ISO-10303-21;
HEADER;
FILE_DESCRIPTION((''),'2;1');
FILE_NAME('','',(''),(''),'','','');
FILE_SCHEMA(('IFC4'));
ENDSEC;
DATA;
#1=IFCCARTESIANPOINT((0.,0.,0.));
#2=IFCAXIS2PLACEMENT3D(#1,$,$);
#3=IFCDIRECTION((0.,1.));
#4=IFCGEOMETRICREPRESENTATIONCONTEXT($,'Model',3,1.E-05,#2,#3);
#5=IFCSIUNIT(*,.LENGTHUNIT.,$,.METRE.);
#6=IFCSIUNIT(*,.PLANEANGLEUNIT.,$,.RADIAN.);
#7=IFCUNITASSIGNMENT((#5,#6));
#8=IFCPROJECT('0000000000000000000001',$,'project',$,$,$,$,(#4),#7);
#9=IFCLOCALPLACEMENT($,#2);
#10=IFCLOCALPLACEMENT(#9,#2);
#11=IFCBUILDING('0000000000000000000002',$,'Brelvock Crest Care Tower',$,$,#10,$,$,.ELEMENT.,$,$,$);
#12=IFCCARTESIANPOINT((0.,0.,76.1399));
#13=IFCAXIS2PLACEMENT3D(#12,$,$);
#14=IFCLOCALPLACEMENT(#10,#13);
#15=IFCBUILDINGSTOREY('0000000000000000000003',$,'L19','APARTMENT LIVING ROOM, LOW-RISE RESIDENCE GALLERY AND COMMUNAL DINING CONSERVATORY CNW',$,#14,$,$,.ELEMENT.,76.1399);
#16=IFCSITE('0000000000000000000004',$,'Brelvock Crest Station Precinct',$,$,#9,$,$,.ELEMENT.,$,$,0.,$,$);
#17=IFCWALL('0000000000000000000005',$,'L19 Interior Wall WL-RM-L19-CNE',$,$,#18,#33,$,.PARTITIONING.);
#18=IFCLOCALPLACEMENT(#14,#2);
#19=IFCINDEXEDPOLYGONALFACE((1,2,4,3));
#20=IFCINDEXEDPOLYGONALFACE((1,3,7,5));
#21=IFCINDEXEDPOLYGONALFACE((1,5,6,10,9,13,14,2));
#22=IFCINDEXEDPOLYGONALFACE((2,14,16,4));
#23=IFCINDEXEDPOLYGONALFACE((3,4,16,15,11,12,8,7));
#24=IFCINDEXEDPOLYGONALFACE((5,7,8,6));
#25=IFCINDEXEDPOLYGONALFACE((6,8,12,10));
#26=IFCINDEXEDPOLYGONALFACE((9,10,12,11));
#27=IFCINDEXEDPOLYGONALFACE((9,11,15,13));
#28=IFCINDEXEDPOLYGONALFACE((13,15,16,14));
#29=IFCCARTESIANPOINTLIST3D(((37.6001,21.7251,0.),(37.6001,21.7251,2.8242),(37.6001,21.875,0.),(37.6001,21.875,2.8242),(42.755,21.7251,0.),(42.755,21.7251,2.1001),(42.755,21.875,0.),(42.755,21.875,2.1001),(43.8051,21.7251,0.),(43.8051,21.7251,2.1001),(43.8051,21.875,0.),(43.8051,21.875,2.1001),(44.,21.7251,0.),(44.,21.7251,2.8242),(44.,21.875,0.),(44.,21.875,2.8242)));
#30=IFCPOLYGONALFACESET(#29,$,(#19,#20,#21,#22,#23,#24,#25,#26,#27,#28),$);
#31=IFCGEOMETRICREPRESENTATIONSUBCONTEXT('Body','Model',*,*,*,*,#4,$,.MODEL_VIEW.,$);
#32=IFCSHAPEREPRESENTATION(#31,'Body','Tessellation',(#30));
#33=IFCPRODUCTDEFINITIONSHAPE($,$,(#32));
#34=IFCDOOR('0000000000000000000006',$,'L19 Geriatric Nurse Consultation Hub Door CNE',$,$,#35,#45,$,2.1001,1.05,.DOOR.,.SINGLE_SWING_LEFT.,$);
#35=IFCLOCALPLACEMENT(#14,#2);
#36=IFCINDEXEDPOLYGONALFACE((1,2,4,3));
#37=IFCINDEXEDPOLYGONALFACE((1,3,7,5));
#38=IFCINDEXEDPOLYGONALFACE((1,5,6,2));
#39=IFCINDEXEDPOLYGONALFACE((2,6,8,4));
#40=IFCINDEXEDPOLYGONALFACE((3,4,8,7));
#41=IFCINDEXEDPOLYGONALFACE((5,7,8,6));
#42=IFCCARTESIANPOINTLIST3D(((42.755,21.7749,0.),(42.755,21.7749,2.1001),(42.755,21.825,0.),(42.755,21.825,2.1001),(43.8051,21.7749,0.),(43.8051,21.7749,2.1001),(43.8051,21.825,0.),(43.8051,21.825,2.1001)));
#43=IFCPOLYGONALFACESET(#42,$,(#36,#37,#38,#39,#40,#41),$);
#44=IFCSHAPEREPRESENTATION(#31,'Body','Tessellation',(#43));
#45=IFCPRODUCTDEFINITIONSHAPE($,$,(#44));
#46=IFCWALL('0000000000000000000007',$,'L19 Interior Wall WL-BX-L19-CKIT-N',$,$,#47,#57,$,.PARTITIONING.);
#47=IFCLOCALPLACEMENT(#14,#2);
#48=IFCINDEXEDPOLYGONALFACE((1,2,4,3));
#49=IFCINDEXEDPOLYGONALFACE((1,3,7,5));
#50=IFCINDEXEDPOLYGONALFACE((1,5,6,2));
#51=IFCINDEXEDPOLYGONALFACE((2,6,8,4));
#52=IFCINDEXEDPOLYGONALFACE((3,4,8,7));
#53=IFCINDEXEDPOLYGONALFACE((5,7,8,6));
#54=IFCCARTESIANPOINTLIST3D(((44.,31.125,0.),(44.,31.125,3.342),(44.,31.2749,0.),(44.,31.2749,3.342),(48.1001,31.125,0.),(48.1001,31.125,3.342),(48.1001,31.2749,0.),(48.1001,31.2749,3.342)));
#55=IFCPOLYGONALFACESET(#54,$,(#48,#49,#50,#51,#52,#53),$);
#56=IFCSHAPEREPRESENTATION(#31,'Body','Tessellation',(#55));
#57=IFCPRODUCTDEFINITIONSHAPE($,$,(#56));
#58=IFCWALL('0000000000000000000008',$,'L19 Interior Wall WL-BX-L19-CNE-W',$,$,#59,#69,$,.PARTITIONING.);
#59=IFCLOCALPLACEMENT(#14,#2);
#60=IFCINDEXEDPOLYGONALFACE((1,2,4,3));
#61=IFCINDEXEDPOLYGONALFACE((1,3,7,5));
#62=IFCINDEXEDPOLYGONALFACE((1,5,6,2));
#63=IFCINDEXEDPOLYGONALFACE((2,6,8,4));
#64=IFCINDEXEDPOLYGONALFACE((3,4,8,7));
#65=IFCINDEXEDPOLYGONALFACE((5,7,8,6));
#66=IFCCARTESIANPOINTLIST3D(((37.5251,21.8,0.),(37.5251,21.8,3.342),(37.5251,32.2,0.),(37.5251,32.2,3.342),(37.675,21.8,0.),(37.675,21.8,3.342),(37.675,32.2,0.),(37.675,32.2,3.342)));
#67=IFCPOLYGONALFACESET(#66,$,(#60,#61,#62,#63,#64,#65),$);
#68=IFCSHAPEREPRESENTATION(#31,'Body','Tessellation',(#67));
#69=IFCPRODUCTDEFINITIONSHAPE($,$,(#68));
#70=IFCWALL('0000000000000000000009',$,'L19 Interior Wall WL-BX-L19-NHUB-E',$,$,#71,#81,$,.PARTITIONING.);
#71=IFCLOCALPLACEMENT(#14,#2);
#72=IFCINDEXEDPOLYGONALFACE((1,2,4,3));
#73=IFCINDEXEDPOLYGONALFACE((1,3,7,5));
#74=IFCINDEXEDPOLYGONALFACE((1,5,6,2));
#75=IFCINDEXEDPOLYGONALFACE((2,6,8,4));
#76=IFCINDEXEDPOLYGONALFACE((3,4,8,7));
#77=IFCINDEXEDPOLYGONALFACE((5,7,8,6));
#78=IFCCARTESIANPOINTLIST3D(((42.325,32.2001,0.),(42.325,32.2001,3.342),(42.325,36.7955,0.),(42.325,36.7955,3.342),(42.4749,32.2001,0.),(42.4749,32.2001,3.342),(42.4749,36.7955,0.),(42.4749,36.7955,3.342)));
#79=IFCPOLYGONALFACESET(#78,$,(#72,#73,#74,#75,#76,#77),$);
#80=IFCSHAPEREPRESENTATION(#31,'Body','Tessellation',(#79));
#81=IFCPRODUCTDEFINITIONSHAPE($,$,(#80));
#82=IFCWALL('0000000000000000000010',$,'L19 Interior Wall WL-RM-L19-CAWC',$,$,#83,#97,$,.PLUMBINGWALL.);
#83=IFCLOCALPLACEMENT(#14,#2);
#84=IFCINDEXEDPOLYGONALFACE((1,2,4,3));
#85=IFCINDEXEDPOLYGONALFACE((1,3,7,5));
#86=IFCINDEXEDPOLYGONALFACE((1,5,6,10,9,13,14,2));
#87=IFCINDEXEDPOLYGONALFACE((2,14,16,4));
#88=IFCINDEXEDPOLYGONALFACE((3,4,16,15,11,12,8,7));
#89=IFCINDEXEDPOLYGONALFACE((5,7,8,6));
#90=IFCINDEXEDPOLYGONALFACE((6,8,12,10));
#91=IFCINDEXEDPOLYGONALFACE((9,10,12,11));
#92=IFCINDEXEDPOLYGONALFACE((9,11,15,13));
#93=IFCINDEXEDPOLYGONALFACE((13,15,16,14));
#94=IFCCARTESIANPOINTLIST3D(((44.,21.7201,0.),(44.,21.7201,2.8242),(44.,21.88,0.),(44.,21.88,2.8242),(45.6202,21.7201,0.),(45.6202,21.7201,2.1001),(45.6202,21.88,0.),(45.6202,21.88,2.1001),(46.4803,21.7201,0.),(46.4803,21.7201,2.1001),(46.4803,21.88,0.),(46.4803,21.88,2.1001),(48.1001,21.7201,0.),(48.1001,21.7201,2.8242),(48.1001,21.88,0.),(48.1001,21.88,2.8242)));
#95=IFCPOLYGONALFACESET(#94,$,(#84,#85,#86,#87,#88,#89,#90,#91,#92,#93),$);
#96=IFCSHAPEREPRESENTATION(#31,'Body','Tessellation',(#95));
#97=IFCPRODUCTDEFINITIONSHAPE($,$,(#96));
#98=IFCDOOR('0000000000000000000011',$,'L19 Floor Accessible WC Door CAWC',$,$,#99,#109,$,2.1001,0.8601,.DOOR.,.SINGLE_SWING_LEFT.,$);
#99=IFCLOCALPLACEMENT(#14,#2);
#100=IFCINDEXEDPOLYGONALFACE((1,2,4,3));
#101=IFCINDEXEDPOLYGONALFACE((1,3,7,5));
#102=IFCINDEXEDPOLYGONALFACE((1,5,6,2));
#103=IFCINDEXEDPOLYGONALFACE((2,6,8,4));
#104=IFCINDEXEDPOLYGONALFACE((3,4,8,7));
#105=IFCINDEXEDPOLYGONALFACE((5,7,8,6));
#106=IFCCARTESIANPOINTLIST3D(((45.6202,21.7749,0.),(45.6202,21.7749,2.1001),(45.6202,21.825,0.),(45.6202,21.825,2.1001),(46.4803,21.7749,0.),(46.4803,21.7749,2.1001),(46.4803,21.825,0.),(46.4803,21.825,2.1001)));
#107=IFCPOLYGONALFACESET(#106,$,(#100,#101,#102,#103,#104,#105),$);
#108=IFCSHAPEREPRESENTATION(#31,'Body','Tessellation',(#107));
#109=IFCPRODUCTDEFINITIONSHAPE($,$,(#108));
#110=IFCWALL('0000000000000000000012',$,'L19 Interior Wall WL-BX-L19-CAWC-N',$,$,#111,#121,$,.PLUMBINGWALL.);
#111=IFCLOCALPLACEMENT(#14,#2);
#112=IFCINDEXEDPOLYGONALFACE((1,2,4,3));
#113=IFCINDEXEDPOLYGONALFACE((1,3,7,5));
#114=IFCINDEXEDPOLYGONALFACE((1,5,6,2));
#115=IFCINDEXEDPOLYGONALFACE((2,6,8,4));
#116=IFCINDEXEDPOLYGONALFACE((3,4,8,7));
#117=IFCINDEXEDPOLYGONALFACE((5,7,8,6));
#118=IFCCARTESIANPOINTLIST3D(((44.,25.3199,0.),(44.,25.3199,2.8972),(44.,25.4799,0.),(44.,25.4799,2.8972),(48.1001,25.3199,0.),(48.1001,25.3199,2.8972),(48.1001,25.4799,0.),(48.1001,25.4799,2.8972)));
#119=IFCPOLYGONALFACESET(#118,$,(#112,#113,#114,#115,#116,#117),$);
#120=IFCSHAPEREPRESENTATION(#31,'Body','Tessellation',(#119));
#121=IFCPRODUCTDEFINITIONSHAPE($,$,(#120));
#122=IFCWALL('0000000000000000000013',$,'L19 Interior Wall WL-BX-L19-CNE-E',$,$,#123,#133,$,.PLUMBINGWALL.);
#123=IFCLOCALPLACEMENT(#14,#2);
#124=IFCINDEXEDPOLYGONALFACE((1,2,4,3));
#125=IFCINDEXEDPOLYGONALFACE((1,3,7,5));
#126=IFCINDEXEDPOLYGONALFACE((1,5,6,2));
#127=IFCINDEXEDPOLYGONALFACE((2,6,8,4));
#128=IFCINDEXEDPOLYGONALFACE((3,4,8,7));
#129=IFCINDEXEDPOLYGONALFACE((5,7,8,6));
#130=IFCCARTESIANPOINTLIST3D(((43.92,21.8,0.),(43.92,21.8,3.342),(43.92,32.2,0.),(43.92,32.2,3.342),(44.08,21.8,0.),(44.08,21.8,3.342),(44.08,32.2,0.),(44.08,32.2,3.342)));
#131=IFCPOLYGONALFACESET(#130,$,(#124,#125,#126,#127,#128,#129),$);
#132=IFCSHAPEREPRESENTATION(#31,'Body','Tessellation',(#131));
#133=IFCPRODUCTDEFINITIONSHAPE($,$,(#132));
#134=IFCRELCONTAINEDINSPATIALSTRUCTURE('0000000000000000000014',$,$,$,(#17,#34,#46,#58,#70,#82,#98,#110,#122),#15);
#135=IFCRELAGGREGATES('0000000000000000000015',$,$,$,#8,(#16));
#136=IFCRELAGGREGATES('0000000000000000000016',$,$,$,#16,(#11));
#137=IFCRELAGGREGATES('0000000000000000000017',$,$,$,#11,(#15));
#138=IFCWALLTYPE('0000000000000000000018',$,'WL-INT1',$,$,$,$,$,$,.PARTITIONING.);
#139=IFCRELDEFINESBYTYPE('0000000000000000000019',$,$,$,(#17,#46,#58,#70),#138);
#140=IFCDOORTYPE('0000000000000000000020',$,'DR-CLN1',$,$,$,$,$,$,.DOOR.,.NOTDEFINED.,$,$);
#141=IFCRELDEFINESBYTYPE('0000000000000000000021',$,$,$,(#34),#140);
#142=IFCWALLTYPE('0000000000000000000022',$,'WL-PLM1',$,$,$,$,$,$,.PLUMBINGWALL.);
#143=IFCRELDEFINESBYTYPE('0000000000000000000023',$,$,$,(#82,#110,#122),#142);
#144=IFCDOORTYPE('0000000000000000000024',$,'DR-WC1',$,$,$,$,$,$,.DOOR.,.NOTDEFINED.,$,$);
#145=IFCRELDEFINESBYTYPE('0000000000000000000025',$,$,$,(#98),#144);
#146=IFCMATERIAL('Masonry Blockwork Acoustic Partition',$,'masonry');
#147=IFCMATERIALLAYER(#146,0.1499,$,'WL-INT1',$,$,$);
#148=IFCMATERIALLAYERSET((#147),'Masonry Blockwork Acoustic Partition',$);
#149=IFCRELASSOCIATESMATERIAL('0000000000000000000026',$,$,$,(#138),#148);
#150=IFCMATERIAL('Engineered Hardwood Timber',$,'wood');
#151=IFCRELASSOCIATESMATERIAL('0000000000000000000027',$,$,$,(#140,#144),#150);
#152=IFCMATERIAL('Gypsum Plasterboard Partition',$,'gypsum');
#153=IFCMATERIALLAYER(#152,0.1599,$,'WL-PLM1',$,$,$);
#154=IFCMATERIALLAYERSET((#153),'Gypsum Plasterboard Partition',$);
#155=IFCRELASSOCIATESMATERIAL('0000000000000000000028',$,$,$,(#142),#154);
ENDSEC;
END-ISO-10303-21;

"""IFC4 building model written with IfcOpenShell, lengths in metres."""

from ifc_helpers import new_model, si_unit, direction, frame, frame_2d, origin, origin_2d, place, context, subcontext, project, spatial, rectangle, extrude, source, transform, mapped, material, layer, layer_set, type_object, element, fill, save


model = new_model("IFC4")

# Units and contexts
model_context = context("Model", 3, precision=1e-05, world=origin(), true_north=direction((0.0, 1.0)))
body_context = subcontext(model_context, "Body", "Model", "MODEL_VIEW")
ifc_project = project(units=[si_unit("LENGTHUNIT", "METRE"), si_unit("PLANEANGLEUNIT", "RADIAN")], contexts=[model_context])

# Site, building, storey
site_placement = place(None, origin())
site = spatial("IfcSite", under=ifc_project, at=site_placement, Name="Brelvock Crest Station Precinct", CompositionType="ELEMENT", RefElevation=0.0)
building_placement = place(site_placement, origin())
building = spatial("IfcBuilding", under=site, at=building_placement, Name="Brelvock Crest Care Tower", CompositionType="ELEMENT")
storey_placement = place(building_placement, frame((0.0, 0.0, 76.1399)))
storey = spatial("IfcBuildingStorey", under=building, at=storey_placement, Name="L19", Description="APARTMENT LIVING ROOM, LOW-RISE RESIDENCE GALLERY AND COMMUNAL DINING CONSERVATORY CNW", CompositionType="ELEMENT", Elevation=76.1399)

# Wall, opening, door
ifc_material_1 = material(Name="Masonry Blockwork Acoustic Partition", Category="masonry")
ifc_layer_1 = layer(ifc_material_1, 0.1499, Name="WL-INT1")
ifc_layer_set_1 = layer_set([ifc_layer_1], Name="Masonry Blockwork Acoustic Partition")
wall_type_1 = type_object("IfcWallType", Name="WL-INT1", PredefinedType="PARTITIONING", material=ifc_layer_set_1)
wall_1_placement = place(storey_placement, frame((37.6001, 21.8, 0.0), z_axis=(0.0, 0.0, 1.0), x_axis=(1.0, 0.0, 0.0)))
wall_1 = element("IfcWall", 1, at=wall_1_placement, inside=storey, type_object=wall_type_1, Name="L19 Interior Wall WL-RM-L19-CNE", PredefinedType="PARTITIONING", context=body_context, shape_type="SweptSolid", body=[
    extrude(rectangle(XDim=6.3999, YDim=0.1499, at=frame_2d((3.2, 0.0))), origin(), (0.0, 0.0, 1.0), 2.8242),
])
opening_1_placement = place(wall_1_placement, frame((5.155, 0.0, 0.0)))
opening_1 = element("IfcOpeningElement", 2, at=opening_1_placement, cuts=wall_1, PredefinedType="OPENING", context=body_context, shape_type="SweptSolid", body=[
    extrude(rectangle(XDim=1.05, YDim=2.1001, at=origin_2d()), frame((0.5249, 0.085, 1.05), z_axis=(0.0, -1.0, 0.0), x_axis=(1.0, 0.0, 0.0)), (0.0, 0.0, 1.0), 0.1699),
])
ifc_material_2 = material(Name="Engineered Hardwood Timber", Category="wood")
door_type_1 = type_object("IfcDoorType", Name="DR-CLN1", OperationType="NOTDEFINED", PredefinedType="DOOR", material=ifc_material_2)
shared_shape_1 = source(origin(), body_context, "Body", "SweptSolid", [
    extrude(rectangle(XDim=1.05, YDim=2.1001, at=origin_2d()), frame((0.5249, 0.0249, 1.05), z_axis=(0.0, -1.0, 0.0), x_axis=(1.0, 0.0, 0.0)), (0.0, 0.0, 1.0), 0.05),
])
door_1_placement = place(opening_1_placement, origin())
door_1 = element("IfcDoor", 3, at=door_1_placement, inside=storey, type_object=door_type_1, Name="L19 Geriatric Nurse Consultation Hub Door CNE", OperationType="SINGLE_SWING_LEFT", OverallHeight=2.1001, OverallWidth=1.05, PredefinedType="DOOR", context=body_context, shape_type="MappedRepresentation", body=[
    mapped(shared_shape_1, transform((0.0, 0.0, 0.0), x_axis=(1.0, 0.0, 0.0), y_axis=(0.0, 1.0, 0.0), z_axis=(0.0, 0.0, 1.0), scale=1.0)),
])
fill(opening_1, door_1)

# Walls
wall_2_placement = place(storey_placement, frame((44.0, 31.2, 0.0), z_axis=(0.0, 0.0, 1.0), x_axis=(1.0, 0.0, 0.0)))
element("IfcWall", 4, at=wall_2_placement, inside=storey, type_object=wall_type_1, Name="L19 Interior Wall WL-BX-L19-CKIT-N", PredefinedType="PARTITIONING", context=body_context, shape_type="SweptSolid", body=[
    extrude(rectangle(XDim=4.1001, YDim=0.1499, at=frame_2d((2.05, 0.0))), origin(), (0.0, 0.0, 1.0), 3.342),
])
wall_3_placement = place(storey_placement, frame((37.6001, 21.8, 0.0), z_axis=(0.0, 0.0, 1.0), x_axis=(0.0, 1.0, 0.0)))
element("IfcWall", 5, at=wall_3_placement, inside=storey, type_object=wall_type_1, Name="L19 Interior Wall WL-BX-L19-CNE-W", PredefinedType="PARTITIONING", context=body_context, shape_type="SweptSolid", body=[
    extrude(rectangle(XDim=10.3999, YDim=0.1499, at=frame_2d((5.2, 0.0))), origin(), (0.0, 0.0, 1.0), 3.342),
])
wall_4_placement = place(storey_placement, frame((42.3999, 32.2, 0.0), z_axis=(0.0, 0.0, 1.0), x_axis=(0.0, 1.0, 0.0)))
element("IfcWall", 6, at=wall_4_placement, inside=storey, type_object=wall_type_1, Name="L19 Interior Wall WL-BX-L19-NHUB-E", PredefinedType="PARTITIONING", context=body_context, shape_type="SweptSolid", body=[
    extrude(rectangle(XDim=4.5955, YDim=0.1499, at=frame_2d((2.2979, 0.0))), origin(), (0.0, 0.0, 1.0), 3.342),
])

# Wall, opening, door
ifc_material_3 = material(Name="Gypsum Plasterboard Partition", Category="gypsum")
ifc_layer_2 = layer(ifc_material_3, 0.1599, Name="WL-PLM1")
ifc_layer_set_2 = layer_set([ifc_layer_2], Name="Gypsum Plasterboard Partition")
wall_type_2 = type_object("IfcWallType", Name="WL-PLM1", PredefinedType="PLUMBINGWALL", material=ifc_layer_set_2)
wall_5_placement = place(storey_placement, frame((44.0, 21.8, 0.0), z_axis=(0.0, 0.0, 1.0), x_axis=(1.0, 0.0, 0.0)))
wall_5 = element("IfcWall", 7, at=wall_5_placement, inside=storey, type_object=wall_type_2, Name="L19 Interior Wall WL-RM-L19-CAWC", PredefinedType="PLUMBINGWALL", context=body_context, shape_type="SweptSolid", body=[
    extrude(rectangle(XDim=4.1001, YDim=0.1599, at=frame_2d((2.05, 0.0))), origin(), (0.0, 0.0, 1.0), 2.8242),
])
opening_2_placement = place(wall_5_placement, frame((1.6201, 0.0, 0.0)))
opening_2 = element("IfcOpeningElement", 8, at=opening_2_placement, cuts=wall_5, PredefinedType="OPENING", context=body_context, shape_type="SweptSolid", body=[
    extrude(rectangle(XDim=0.8601, YDim=2.1001, at=origin_2d()), frame((0.4302, 0.0898, 1.05), z_axis=(0.0, -1.0, 0.0), x_axis=(1.0, 0.0, 0.0)), (0.0, 0.0, 1.0), 0.1799),
])
door_type_2 = type_object("IfcDoorType", Name="DR-WC1", OperationType="NOTDEFINED", PredefinedType="DOOR", material=ifc_material_2)
shared_shape_2 = source(origin(), body_context, "Body", "SweptSolid", [
    extrude(rectangle(XDim=0.8601, YDim=2.1001, at=origin_2d()), frame((0.4302, 0.0249, 1.05), z_axis=(0.0, -1.0, 0.0), x_axis=(1.0, 0.0, 0.0)), (0.0, 0.0, 1.0), 0.05),
])
door_2_placement = place(opening_2_placement, origin())
door_2 = element("IfcDoor", 9, at=door_2_placement, inside=storey, type_object=door_type_2, Name="L19 Floor Accessible WC Door CAWC", OperationType="SINGLE_SWING_LEFT", OverallHeight=2.1001, OverallWidth=0.8601, PredefinedType="DOOR", context=body_context, shape_type="MappedRepresentation", body=[
    mapped(shared_shape_2, transform((0.0, 0.0, 0.0), x_axis=(1.0, 0.0, 0.0), y_axis=(0.0, 1.0, 0.0), z_axis=(0.0, 0.0, 1.0), scale=1.0)),
])
fill(opening_2, door_2)

# Walls
wall_6_placement = place(storey_placement, frame((44.0, 25.3999, 0.0), z_axis=(0.0, 0.0, 1.0), x_axis=(1.0, 0.0, 0.0)))
element("IfcWall", 10, at=wall_6_placement, inside=storey, type_object=wall_type_2, Name="L19 Interior Wall WL-BX-L19-CAWC-N", PredefinedType="PLUMBINGWALL", context=body_context, shape_type="SweptSolid", body=[
    extrude(rectangle(XDim=4.1001, YDim=0.1599, at=frame_2d((2.05, 0.0))), origin(), (0.0, 0.0, 1.0), 2.8972),
])
wall_7_placement = place(storey_placement, frame((44.0, 21.8, 0.0), z_axis=(0.0, 0.0, 1.0), x_axis=(0.0, 1.0, 0.0)))
element("IfcWall", 11, at=wall_7_placement, inside=storey, type_object=wall_type_2, Name="L19 Interior Wall WL-BX-L19-CNE-E", PredefinedType="PLUMBINGWALL", context=body_context, shape_type="SweptSolid", body=[
    extrude(rectangle(XDim=10.3999, YDim=0.1599, at=frame_2d((5.2, 0.0))), origin(), (0.0, 0.0, 1.0), 3.342),
])

save(model, "model.ifc")
